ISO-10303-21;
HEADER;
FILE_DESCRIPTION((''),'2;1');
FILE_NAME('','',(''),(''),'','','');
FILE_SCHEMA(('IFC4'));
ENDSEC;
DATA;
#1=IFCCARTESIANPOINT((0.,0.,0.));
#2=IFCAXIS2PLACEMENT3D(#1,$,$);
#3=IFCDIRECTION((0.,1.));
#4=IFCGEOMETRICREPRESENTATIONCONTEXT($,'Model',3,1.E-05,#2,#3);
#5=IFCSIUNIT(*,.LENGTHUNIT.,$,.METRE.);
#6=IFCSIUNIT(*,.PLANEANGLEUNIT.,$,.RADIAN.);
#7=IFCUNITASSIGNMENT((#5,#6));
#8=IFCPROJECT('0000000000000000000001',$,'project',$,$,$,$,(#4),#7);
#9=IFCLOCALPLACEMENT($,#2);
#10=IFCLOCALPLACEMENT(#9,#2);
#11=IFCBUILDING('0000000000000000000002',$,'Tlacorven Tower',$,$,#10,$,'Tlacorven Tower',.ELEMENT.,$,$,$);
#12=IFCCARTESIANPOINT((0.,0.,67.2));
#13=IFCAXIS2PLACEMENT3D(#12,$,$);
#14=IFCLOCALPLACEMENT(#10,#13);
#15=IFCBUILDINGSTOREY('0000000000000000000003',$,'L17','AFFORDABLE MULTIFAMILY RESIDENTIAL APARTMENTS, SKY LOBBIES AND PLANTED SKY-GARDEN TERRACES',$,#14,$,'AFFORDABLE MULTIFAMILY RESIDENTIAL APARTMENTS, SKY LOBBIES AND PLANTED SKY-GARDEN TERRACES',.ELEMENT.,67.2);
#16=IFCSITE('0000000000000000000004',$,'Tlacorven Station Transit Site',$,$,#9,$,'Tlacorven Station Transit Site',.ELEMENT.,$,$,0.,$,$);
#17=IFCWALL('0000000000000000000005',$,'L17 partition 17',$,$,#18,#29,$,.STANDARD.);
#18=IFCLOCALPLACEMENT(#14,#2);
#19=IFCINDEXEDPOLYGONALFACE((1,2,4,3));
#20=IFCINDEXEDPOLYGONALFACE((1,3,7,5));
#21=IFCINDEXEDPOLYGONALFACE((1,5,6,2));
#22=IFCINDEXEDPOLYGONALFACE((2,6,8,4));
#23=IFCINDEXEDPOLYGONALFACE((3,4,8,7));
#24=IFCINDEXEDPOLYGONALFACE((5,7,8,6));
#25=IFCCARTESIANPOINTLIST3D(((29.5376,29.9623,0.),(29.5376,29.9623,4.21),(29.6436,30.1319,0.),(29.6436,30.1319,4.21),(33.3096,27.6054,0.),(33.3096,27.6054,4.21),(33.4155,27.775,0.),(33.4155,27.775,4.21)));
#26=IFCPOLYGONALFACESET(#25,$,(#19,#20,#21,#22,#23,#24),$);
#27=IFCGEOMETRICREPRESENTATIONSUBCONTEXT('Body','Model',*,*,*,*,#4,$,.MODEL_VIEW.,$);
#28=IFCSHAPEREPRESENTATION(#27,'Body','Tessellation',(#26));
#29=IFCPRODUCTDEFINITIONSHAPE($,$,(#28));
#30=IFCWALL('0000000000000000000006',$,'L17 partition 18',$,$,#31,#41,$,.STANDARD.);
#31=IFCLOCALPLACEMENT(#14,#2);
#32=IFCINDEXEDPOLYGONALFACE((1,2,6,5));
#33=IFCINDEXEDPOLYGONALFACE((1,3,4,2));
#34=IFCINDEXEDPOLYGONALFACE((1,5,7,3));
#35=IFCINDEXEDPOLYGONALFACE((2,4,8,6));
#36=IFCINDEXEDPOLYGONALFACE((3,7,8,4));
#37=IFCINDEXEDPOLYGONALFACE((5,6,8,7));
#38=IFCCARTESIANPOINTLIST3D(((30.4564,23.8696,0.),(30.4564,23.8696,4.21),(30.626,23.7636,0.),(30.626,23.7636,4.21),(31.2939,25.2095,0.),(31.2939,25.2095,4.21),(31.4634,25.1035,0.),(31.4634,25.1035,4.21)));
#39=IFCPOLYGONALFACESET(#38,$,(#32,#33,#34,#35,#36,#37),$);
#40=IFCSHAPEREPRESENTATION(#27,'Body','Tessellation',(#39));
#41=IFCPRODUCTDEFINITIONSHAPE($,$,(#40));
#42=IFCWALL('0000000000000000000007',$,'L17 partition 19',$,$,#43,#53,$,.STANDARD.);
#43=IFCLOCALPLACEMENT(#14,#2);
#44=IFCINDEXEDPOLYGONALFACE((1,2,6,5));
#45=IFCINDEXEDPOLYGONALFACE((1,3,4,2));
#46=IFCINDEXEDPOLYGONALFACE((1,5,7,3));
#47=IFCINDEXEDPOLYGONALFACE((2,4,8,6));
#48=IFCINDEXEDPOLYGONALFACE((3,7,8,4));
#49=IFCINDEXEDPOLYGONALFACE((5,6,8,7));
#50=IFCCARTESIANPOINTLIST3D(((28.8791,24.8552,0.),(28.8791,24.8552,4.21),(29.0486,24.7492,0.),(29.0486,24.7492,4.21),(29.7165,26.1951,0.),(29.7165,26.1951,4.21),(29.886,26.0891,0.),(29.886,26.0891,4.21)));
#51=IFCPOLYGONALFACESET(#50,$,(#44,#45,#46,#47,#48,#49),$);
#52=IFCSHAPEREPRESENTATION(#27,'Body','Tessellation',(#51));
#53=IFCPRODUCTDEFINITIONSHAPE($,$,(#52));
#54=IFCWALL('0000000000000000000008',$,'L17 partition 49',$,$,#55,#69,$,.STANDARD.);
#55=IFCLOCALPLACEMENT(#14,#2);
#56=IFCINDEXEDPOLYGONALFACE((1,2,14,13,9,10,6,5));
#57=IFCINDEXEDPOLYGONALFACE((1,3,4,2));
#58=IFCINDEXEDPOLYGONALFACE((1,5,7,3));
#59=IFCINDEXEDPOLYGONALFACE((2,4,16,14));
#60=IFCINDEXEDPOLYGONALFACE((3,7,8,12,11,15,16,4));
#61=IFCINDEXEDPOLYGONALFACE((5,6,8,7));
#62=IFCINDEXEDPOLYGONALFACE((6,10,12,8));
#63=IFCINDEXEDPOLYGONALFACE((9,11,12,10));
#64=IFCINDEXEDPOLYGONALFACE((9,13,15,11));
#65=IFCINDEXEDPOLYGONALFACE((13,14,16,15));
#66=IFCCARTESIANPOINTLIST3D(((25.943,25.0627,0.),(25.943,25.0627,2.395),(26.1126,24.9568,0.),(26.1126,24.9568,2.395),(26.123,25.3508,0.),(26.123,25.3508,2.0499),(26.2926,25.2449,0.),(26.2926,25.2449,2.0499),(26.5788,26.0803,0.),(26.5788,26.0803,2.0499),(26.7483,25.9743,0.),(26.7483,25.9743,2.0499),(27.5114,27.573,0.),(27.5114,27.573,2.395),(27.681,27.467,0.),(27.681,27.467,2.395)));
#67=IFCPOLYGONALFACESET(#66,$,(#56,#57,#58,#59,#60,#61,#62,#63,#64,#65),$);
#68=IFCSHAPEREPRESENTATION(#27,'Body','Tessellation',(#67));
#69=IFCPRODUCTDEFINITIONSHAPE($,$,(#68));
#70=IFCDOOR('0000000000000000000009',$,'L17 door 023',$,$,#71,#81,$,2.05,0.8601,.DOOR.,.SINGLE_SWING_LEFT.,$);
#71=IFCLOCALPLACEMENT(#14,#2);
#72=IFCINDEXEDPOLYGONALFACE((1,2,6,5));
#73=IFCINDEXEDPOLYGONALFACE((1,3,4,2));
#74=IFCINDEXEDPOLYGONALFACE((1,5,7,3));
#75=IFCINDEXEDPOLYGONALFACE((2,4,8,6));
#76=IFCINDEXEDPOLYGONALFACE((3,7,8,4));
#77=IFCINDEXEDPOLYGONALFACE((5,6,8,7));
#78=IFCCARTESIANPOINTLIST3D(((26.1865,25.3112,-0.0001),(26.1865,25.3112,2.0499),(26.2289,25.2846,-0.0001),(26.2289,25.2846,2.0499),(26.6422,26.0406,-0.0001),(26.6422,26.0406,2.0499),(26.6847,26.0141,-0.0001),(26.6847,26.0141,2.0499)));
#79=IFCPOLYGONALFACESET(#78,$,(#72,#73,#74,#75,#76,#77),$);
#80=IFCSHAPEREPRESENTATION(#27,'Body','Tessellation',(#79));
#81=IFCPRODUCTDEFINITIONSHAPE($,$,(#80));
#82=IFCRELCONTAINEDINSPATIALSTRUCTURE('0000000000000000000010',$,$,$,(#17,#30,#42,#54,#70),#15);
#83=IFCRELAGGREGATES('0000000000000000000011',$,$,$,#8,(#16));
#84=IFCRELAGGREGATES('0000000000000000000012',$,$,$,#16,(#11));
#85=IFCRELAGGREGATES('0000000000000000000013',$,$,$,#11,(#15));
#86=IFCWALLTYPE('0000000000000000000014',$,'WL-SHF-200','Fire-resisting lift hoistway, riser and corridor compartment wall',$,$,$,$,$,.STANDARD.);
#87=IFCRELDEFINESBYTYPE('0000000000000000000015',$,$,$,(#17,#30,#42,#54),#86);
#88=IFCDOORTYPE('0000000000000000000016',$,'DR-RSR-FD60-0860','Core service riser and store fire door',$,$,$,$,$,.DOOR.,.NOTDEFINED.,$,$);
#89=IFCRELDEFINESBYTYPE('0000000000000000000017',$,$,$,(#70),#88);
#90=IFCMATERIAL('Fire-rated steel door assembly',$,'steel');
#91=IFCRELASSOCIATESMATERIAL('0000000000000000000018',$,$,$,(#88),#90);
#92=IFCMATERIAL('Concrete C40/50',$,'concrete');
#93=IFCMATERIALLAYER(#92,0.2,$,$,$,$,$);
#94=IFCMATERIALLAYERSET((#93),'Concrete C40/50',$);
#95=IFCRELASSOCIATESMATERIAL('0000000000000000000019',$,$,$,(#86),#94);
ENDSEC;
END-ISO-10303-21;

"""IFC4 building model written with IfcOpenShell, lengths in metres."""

from ifc_helpers import new_model, si_unit, direction, frame, frame_2d, origin, place, context, subcontext, project, spatial, rectangle, extrude, source, transform, mapped, material, layer, layer_set, type_object, element, fill, save


model = new_model("IFC4")

# Units and contexts
model_context = context("Model", 3, precision=1e-05, world=origin(), true_north=direction((0.0, 1.0)))
body_context = subcontext(model_context, "Body", "Model", "MODEL_VIEW")
ifc_project = project(units=[si_unit("LENGTHUNIT", "METRE"), si_unit("PLANEANGLEUNIT", "RADIAN")], contexts=[model_context])

# Site, building, storey
site_placement = place(None, origin())
site = spatial("IfcSite", under=ifc_project, at=site_placement, Name="Tlacorven Station Transit Site", LongName="Tlacorven Station Transit Site", CompositionType="ELEMENT", RefElevation=0.0)
building_placement = place(site_placement, origin())
building = spatial("IfcBuilding", under=site, at=building_placement, Name="Tlacorven Tower", LongName="Tlacorven Tower", CompositionType="ELEMENT")
storey_placement = place(building_placement, frame((0.0, 0.0, 67.2)))
storey = spatial("IfcBuildingStorey", under=building, at=storey_placement, Name="L17", Description="AFFORDABLE MULTIFAMILY RESIDENTIAL APARTMENTS, SKY LOBBIES AND PLANTED SKY-GARDEN TERRACES", LongName="AFFORDABLE MULTIFAMILY RESIDENTIAL APARTMENTS, SKY LOBBIES AND PLANTED SKY-GARDEN TERRACES", CompositionType="ELEMENT", Elevation=67.2)

# Shared definitions
ifc_material_1 = material(Name="Fire-rated steel door assembly", Category="steel")
door_type = type_object("IfcDoorType", Name="DR-RSR-FD60-0860", Description="Core service riser and store fire door", OperationType="NOTDEFINED", PredefinedType="DOOR", material=ifc_material_1)
shared_shape_1 = source(origin(), body_context, "Body", "SweptSolid", [
    extrude(rectangle(XDim=0.8601, YDim=2.05, at=frame_2d((0.4302, 1.0249))), frame((0.0, 0.0249, 0.0), z_axis=(0.0, -1.0, 0.0), x_axis=(1.0, 0.0, 0.0)), (0.0, 0.0, 1.0), 0.05),
])

# Walls
ifc_material_2 = material(Name="Concrete C40/50", Category="concrete")
ifc_layer_1 = layer(ifc_material_2, 0.2)
ifc_layer_set_1 = layer_set([ifc_layer_1], Name="Concrete C40/50")
wall_type_1 = type_object("IfcWallType", Name="WL-SHF-200", Description="Fire-resisting lift hoistway, riser and corridor compartment wall", PredefinedType="STANDARD", material=ifc_layer_set_1)
wall_1_placement = place(storey_placement, frame((33.3625, 27.6902, 0.0), z_axis=(0.0, 0.0, 1.0), x_axis=(-0.848054, 0.52991, 0.0)))
element("IfcWall", 1, at=wall_1_placement, inside=storey, type_object=wall_type_1, Name="L17 partition 17", PredefinedType="STANDARD", context=body_context, shape_type="SweptSolid", body=[
    extrude(rectangle(XDim=4.4478, YDim=0.2, at=frame_2d((2.2239, 0.0))), origin(), (0.0, 0.0, 1.0), 4.21),
])
for number, where, z_axis, x_axis, name in (
    (2, (31.3787, 25.1565, 0.0), (0.0, 0.0, 1.0), (-0.529999, -0.847998, 0.0), "L17 partition 18"),
    (3, (29.8013, 26.1421, 0.0), (0.0, 0.0, 1.0), (-0.529999, -0.847998, 0.0), "L17 partition 19"),
):
    element("IfcWall", number, at=place(storey_placement, frame(where, z_axis=z_axis, x_axis=x_axis)), inside=storey, type_object=wall_type_1, Name=name, PredefinedType="STANDARD", context=body_context, shape_type="SweptSolid", body=[
        extrude(rectangle(XDim=1.5801, YDim=0.2, at=frame_2d((0.79, 0.0))), origin(), (0.0, 0.0, 1.0), 4.21),
    ])

# Wall, opening, door
wall_2_placement = place(storey_placement, frame((27.5962, 27.52, 0.0), z_axis=(0.0, 0.0, 1.0), x_axis=(-0.529865, -0.848082, 0.0)))
wall_2 = element("IfcWall", 4, at=wall_2_placement, inside=storey, type_object=wall_type_1, Name="L17 partition 49", PredefinedType="STANDARD", context=body_context, shape_type="SweptSolid", body=[
    extrude(rectangle(XDim=2.96, YDim=0.2, at=frame_2d((1.48, 0.0))), origin(), (0.0, 0.0, 1.0), 2.395),
])
opening_1_placement = place(wall_2_placement, frame((1.76, 0.0, 0.0)))
opening_1 = element("IfcOpeningElement", 5, at=opening_1_placement, cuts=wall_2, PredefinedType="OPENING", context=body_context, shape_type="SweptSolid", body=[
    extrude(rectangle(XDim=0.8601, YDim=2.05, at=frame_2d((0.4302, 1.0249))), frame((0.0, 0.1099, 0.0), z_axis=(0.0, -1.0, 0.0), x_axis=(1.0, 0.0, 0.0)), (0.0, 0.0, 1.0), 0.22),
])
door_1_placement = place(opening_1_placement, origin())
door_1 = element("IfcDoor", 6, at=door_1_placement, inside=storey, type_object=door_type, Name="L17 door 023", OperationType="SINGLE_SWING_LEFT", OverallHeight=2.05, OverallWidth=0.8601, PredefinedType="DOOR", context=body_context, shape_type="MappedRepresentation", body=[
    mapped(shared_shape_1, transform((0.0, 0.0, 0.0), scale=1.0)),
])
fill(opening_1, door_1)

save(model, "model.ifc")
